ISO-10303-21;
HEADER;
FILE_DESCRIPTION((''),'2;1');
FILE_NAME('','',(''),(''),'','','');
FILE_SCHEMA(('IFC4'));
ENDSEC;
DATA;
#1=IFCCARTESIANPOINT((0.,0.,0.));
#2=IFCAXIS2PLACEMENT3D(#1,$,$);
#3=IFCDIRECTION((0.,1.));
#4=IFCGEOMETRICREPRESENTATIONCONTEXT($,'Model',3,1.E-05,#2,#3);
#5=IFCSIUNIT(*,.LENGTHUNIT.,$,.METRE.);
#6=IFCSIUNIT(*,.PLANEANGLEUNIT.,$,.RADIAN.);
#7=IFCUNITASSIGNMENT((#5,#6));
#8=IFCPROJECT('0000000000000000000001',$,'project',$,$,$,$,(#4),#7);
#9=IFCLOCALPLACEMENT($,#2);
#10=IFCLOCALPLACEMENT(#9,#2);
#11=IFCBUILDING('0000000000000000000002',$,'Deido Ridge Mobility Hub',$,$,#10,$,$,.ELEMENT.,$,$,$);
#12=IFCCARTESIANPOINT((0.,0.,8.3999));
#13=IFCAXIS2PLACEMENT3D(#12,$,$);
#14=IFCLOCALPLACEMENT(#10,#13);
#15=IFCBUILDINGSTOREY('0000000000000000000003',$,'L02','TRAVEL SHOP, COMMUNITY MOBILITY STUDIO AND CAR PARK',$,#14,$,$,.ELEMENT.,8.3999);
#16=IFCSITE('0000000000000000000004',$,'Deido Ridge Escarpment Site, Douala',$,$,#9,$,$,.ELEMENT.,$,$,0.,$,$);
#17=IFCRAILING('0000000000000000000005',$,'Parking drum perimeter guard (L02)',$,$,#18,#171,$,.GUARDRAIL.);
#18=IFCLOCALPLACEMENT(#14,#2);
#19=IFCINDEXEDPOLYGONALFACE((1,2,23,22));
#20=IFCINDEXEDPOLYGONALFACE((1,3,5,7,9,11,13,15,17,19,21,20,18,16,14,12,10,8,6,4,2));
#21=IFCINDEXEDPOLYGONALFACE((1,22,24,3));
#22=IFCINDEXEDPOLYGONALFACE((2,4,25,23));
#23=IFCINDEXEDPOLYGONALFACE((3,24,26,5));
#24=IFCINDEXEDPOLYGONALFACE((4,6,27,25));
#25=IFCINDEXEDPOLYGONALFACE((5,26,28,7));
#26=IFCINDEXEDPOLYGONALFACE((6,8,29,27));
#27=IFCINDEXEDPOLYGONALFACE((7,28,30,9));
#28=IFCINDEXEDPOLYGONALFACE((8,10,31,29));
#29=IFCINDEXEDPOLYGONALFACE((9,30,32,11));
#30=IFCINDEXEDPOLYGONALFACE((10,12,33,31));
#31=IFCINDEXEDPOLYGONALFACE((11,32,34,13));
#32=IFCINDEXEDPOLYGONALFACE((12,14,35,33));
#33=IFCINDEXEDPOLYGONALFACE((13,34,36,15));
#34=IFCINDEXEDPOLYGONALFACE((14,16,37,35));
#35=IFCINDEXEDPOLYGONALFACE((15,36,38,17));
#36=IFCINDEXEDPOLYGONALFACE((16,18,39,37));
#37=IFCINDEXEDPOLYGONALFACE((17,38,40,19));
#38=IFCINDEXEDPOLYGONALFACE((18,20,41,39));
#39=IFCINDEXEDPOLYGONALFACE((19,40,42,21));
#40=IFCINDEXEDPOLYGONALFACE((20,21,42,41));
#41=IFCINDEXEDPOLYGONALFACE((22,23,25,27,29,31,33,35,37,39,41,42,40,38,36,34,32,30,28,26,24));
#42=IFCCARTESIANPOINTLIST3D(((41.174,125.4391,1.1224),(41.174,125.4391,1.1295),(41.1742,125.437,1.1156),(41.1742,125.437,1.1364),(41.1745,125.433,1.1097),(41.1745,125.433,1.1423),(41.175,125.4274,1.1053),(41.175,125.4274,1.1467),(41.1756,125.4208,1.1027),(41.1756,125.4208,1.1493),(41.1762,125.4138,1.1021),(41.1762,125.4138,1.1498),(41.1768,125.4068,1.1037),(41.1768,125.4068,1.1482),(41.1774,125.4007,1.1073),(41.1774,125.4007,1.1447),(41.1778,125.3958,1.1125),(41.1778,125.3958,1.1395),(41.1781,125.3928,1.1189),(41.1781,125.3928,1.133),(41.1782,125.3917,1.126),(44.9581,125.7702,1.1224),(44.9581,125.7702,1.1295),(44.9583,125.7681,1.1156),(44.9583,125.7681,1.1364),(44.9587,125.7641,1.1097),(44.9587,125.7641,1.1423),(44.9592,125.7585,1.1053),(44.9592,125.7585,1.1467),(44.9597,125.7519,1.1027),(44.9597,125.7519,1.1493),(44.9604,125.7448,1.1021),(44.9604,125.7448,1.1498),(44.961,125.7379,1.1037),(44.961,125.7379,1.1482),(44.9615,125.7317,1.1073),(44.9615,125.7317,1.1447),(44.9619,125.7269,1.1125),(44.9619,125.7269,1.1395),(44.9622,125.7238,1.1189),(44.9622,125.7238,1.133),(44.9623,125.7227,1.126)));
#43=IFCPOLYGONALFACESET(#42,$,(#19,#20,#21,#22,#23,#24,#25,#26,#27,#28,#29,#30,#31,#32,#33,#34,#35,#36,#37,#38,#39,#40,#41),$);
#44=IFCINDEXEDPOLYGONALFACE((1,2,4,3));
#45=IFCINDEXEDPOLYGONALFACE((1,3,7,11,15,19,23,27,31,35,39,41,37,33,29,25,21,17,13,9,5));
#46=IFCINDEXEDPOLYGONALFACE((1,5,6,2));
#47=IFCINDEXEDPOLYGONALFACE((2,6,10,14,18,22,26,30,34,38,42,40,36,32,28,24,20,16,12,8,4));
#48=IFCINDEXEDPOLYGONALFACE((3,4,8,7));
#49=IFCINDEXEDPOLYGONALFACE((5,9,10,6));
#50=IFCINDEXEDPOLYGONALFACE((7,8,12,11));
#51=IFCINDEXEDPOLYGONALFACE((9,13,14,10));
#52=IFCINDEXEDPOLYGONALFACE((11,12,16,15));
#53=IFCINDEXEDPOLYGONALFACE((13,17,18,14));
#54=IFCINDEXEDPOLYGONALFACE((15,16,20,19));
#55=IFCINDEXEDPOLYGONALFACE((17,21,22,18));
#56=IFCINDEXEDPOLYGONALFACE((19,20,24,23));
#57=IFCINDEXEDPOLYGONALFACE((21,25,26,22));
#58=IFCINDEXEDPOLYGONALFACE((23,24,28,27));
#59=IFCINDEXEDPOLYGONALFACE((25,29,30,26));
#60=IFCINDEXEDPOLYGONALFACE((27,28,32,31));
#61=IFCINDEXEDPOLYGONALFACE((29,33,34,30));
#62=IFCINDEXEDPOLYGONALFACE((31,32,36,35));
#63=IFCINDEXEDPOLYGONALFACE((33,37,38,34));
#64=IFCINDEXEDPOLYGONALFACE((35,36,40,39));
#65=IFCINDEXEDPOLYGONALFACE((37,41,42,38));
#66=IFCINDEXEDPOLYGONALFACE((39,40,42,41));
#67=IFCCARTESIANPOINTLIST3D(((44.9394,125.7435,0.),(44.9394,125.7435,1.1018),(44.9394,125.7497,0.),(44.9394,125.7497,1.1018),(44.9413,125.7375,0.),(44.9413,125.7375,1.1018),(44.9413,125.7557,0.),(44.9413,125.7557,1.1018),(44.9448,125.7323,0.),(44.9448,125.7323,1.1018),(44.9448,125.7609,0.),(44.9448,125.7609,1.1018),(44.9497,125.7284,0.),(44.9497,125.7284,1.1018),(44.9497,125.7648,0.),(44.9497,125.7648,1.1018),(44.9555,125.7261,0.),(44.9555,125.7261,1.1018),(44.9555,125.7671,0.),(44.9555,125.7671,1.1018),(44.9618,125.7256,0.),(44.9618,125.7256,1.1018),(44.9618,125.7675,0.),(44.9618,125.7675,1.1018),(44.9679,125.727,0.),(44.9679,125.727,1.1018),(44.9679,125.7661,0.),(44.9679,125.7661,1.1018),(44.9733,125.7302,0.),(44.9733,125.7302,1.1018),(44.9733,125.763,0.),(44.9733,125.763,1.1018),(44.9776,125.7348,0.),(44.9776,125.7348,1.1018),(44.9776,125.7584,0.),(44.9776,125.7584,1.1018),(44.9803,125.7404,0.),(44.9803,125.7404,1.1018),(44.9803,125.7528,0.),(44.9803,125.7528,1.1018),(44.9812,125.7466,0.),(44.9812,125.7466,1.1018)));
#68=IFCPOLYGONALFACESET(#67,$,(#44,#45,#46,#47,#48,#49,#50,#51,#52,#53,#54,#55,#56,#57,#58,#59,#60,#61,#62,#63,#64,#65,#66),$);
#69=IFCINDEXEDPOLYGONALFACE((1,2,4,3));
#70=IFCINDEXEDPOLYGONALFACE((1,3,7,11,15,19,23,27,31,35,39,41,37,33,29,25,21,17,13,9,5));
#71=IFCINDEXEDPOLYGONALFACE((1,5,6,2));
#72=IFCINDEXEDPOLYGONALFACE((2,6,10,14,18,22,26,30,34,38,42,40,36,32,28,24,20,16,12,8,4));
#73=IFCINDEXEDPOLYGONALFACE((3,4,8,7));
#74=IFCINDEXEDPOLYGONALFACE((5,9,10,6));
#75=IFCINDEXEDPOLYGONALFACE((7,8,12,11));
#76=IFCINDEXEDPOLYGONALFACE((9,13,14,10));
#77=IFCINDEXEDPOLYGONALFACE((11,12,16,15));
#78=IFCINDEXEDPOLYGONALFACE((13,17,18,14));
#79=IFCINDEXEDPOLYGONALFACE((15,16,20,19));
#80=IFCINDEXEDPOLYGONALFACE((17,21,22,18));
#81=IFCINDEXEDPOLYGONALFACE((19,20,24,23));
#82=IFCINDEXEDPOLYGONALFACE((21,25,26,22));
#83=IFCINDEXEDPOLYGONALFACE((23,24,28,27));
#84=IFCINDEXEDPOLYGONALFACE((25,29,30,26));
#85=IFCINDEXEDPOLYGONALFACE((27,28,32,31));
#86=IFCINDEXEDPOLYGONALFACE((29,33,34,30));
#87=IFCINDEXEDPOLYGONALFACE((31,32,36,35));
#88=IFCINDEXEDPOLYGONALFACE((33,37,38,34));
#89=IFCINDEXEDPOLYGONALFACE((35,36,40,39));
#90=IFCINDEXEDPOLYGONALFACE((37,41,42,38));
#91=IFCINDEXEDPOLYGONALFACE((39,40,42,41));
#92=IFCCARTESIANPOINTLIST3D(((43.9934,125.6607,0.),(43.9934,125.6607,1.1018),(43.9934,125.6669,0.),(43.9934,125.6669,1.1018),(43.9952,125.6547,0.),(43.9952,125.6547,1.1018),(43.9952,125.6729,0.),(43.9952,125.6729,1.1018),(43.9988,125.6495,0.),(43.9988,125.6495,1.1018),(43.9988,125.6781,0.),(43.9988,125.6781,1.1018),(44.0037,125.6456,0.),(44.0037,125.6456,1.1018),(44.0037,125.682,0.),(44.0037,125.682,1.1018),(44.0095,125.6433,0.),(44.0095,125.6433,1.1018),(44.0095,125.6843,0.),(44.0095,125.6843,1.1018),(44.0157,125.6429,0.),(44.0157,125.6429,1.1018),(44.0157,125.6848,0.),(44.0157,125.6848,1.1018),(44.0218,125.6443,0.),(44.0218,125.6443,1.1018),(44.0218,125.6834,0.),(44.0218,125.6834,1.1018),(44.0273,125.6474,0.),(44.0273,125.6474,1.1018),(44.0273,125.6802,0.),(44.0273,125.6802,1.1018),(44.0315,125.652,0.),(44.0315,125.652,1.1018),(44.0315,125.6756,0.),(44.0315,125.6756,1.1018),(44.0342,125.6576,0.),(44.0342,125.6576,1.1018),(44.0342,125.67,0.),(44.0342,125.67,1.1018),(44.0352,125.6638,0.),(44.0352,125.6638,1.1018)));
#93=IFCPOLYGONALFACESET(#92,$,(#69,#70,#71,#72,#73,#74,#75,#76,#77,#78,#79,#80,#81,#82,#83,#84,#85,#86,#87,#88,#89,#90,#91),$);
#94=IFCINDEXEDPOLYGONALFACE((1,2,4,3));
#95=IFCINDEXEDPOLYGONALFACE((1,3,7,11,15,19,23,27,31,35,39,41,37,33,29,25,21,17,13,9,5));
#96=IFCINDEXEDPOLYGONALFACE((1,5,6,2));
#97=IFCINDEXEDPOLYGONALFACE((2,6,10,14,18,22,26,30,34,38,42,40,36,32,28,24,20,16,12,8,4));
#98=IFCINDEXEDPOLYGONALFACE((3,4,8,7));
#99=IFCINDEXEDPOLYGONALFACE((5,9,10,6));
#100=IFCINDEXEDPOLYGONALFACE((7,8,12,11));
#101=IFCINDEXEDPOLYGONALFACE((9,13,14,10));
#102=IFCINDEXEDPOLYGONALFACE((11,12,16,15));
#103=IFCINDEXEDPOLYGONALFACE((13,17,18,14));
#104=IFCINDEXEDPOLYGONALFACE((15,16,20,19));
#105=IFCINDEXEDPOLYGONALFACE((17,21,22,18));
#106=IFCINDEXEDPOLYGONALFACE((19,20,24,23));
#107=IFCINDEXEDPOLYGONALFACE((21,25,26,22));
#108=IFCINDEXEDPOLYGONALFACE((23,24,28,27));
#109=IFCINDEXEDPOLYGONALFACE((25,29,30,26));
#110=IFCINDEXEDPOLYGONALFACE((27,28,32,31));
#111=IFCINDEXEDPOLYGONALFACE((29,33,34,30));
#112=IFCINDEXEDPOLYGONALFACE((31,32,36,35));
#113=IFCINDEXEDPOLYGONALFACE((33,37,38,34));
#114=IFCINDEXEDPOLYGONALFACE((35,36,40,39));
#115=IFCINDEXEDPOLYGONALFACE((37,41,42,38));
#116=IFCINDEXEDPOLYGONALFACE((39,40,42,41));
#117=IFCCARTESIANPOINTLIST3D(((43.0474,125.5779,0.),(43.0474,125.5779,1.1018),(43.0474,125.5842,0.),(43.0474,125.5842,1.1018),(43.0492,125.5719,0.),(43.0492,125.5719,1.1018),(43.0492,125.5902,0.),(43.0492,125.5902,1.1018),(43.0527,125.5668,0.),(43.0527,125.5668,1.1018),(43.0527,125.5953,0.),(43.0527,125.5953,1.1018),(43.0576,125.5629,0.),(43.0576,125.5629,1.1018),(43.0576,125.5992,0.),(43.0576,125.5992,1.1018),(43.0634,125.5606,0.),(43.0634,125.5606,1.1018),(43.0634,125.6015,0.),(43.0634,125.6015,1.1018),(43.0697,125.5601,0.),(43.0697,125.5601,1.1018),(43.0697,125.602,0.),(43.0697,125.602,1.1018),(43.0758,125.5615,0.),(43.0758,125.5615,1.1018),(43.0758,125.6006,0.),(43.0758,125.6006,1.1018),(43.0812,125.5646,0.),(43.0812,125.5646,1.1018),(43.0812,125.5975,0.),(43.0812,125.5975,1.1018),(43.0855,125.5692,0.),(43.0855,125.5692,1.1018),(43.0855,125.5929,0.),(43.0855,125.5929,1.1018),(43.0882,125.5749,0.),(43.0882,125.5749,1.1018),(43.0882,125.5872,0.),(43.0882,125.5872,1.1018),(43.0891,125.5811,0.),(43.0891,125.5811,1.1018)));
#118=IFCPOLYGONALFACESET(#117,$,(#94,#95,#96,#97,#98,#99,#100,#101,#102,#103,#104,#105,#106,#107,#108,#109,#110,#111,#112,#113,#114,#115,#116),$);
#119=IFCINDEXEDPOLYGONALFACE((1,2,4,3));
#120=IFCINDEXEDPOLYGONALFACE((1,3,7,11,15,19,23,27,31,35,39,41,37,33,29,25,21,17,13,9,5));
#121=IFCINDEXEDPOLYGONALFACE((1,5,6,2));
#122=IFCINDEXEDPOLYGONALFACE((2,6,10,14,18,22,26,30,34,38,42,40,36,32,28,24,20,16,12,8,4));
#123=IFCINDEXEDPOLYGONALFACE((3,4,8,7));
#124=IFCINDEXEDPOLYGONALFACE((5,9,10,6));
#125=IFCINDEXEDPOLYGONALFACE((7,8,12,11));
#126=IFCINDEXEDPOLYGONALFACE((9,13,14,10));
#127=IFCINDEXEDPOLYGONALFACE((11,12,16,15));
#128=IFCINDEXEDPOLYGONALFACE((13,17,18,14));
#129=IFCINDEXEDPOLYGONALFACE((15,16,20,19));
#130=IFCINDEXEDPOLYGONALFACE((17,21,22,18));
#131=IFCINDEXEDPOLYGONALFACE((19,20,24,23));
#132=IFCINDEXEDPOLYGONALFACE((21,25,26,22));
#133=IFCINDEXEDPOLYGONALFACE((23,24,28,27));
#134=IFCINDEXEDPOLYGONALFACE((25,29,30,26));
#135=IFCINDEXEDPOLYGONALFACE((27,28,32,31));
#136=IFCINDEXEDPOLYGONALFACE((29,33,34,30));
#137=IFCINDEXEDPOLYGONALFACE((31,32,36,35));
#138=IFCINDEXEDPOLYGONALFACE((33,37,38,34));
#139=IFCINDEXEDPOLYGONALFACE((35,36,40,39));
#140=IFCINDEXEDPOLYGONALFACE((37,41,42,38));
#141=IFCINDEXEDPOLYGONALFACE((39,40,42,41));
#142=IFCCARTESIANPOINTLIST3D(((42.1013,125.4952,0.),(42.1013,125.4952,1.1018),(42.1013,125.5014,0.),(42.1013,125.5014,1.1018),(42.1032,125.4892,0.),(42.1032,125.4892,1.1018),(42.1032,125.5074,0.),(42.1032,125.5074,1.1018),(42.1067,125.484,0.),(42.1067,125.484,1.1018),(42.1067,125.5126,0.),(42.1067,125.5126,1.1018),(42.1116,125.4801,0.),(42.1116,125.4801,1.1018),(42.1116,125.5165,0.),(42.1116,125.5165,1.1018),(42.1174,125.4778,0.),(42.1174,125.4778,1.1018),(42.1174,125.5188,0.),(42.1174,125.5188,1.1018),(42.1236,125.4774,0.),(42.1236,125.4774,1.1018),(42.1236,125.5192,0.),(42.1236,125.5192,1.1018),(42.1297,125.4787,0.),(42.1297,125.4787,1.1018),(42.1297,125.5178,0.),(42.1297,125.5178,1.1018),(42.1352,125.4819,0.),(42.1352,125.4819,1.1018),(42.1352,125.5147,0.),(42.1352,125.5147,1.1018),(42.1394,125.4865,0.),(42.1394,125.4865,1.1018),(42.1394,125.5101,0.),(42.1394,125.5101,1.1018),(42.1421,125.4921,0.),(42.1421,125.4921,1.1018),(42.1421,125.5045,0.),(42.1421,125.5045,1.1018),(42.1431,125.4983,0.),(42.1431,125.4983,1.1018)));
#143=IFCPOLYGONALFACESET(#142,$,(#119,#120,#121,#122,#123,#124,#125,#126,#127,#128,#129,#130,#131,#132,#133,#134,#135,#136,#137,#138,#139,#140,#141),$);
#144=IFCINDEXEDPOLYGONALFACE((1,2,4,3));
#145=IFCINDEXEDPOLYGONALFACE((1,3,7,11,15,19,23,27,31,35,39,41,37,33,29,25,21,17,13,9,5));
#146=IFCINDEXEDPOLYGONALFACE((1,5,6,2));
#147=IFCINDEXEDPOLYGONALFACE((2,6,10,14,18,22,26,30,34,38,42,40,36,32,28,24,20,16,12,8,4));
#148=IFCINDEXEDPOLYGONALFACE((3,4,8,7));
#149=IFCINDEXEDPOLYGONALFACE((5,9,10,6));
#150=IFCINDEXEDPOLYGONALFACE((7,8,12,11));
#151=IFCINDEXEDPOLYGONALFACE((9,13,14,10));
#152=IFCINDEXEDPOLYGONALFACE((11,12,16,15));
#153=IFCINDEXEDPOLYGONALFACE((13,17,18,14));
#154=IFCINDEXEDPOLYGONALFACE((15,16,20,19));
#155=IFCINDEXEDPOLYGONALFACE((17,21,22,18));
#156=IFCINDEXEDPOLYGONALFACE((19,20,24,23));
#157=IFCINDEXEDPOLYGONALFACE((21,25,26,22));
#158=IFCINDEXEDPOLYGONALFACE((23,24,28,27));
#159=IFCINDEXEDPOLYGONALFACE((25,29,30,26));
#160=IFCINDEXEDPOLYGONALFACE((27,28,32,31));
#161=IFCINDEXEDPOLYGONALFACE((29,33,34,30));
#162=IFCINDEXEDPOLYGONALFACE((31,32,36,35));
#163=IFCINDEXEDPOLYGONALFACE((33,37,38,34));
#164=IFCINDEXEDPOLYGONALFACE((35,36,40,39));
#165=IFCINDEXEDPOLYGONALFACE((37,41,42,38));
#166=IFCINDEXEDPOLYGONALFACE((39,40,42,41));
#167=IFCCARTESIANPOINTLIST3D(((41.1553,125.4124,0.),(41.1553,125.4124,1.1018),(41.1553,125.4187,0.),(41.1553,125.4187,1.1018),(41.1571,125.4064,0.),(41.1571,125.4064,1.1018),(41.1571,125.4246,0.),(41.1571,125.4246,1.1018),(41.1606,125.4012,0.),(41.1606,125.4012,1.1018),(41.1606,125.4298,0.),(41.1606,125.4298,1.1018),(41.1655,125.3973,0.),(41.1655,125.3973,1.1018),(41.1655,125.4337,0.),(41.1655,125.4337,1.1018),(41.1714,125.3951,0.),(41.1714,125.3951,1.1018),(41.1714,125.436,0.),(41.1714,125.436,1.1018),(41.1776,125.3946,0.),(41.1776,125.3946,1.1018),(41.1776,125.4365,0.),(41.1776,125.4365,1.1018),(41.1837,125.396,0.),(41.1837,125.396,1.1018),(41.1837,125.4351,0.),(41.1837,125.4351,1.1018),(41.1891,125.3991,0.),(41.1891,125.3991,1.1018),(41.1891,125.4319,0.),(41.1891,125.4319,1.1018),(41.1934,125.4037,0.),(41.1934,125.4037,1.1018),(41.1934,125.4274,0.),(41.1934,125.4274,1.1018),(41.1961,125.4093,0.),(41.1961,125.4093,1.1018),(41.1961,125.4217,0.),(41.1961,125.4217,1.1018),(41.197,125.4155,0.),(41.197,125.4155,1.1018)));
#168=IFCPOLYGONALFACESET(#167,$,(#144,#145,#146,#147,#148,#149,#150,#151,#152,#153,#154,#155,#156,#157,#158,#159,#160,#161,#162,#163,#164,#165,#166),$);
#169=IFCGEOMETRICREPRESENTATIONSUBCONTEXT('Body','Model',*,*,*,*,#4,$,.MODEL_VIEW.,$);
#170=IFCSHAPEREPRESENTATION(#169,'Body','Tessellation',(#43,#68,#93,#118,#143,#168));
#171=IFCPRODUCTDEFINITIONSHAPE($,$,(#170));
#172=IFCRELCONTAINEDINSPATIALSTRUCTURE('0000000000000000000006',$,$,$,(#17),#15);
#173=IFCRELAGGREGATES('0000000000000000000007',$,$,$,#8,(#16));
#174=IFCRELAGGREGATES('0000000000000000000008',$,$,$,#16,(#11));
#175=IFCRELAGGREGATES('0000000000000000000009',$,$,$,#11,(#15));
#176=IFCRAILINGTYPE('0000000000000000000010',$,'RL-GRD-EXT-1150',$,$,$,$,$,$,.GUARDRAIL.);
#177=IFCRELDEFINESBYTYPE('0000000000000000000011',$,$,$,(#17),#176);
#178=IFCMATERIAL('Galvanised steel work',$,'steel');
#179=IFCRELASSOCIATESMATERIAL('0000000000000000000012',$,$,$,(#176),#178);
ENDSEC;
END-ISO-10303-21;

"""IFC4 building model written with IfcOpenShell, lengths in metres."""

from ifc_helpers import new_model, si_unit, direction, frame, origin, origin_2d, place, context, subcontext, project, spatial, circle, extrude, material, type_object, element, save


model = new_model("IFC4")

# Units and contexts
model_context = context("Model", 3, precision=1e-05, world=origin(), true_north=direction((0.0, 1.0)))
body_context = subcontext(model_context, "Body", "Model", "MODEL_VIEW")
ifc_project = project(units=[si_unit("LENGTHUNIT", "METRE"), si_unit("PLANEANGLEUNIT", "RADIAN")], contexts=[model_context])

# Site, building, storey
site_placement = place(None, origin())
site = spatial("IfcSite", under=ifc_project, at=site_placement, Name="Deido Ridge Escarpment Site, Douala", CompositionType="ELEMENT", RefElevation=0.0)
building_placement = place(site_placement, origin())
building = spatial("IfcBuilding", under=site, at=building_placement, Name="Deido Ridge Mobility Hub", CompositionType="ELEMENT")
storey_placement = place(building_placement, frame((0.0, 0.0, 8.3999)))
storey = spatial("IfcBuildingStorey", under=building, at=storey_placement, Name="L02", Description="TRAVEL SHOP, COMMUNITY MOBILITY STUDIO AND CAR PARK", CompositionType="ELEMENT", Elevation=8.3999)

# Railing
ifc_material_1 = material(Name="Galvanised steel work", Category="steel")
railing_type = type_object("IfcRailingType", Name="RL-GRD-EXT-1150", PredefinedType="GUARDRAIL", material=ifc_material_1)
railing_1_placement = place(storey_placement, frame((44.9602, 125.7466, 0.0)))
element("IfcRailing", 1, at=railing_1_placement, inside=storey, type_object=railing_type, Name="Parking drum perimeter guard (L02)", PredefinedType="GUARDRAIL", context=body_context, shape_type="SweptSolid", body=[
    extrude(circle(Radius=0.0239, at=origin_2d()), frame((0.0, 0.0, 1.126), z_axis=(-0.996195, -0.087151, 0.0), x_axis=(0.087151, -0.996195, 0.0)), (0.0, 0.0, 1.0), 3.7986),
    extrude(circle(Radius=0.021, at=origin_2d()), origin(), (0.0, 0.0, 1.0), 1.1018),
    extrude(circle(Radius=0.021, at=origin_2d()), frame((-0.946, -0.0828, 0.0)), (0.0, 0.0, 1.0), 1.1018),
    extrude(circle(Radius=0.021, at=origin_2d()), frame((-1.8921, -0.1655, 0.0)), (0.0, 0.0, 1.0), 1.1018),
    extrude(circle(Radius=0.021, at=origin_2d()), frame((-2.8381, -0.2483, 0.0)), (0.0, 0.0, 1.0), 1.1018),
    extrude(circle(Radius=0.021, at=origin_2d()), frame((-3.7842, -0.3311, 0.0)), (0.0, 0.0, 1.0), 1.1018),
])

save(model, "model.ifc")
